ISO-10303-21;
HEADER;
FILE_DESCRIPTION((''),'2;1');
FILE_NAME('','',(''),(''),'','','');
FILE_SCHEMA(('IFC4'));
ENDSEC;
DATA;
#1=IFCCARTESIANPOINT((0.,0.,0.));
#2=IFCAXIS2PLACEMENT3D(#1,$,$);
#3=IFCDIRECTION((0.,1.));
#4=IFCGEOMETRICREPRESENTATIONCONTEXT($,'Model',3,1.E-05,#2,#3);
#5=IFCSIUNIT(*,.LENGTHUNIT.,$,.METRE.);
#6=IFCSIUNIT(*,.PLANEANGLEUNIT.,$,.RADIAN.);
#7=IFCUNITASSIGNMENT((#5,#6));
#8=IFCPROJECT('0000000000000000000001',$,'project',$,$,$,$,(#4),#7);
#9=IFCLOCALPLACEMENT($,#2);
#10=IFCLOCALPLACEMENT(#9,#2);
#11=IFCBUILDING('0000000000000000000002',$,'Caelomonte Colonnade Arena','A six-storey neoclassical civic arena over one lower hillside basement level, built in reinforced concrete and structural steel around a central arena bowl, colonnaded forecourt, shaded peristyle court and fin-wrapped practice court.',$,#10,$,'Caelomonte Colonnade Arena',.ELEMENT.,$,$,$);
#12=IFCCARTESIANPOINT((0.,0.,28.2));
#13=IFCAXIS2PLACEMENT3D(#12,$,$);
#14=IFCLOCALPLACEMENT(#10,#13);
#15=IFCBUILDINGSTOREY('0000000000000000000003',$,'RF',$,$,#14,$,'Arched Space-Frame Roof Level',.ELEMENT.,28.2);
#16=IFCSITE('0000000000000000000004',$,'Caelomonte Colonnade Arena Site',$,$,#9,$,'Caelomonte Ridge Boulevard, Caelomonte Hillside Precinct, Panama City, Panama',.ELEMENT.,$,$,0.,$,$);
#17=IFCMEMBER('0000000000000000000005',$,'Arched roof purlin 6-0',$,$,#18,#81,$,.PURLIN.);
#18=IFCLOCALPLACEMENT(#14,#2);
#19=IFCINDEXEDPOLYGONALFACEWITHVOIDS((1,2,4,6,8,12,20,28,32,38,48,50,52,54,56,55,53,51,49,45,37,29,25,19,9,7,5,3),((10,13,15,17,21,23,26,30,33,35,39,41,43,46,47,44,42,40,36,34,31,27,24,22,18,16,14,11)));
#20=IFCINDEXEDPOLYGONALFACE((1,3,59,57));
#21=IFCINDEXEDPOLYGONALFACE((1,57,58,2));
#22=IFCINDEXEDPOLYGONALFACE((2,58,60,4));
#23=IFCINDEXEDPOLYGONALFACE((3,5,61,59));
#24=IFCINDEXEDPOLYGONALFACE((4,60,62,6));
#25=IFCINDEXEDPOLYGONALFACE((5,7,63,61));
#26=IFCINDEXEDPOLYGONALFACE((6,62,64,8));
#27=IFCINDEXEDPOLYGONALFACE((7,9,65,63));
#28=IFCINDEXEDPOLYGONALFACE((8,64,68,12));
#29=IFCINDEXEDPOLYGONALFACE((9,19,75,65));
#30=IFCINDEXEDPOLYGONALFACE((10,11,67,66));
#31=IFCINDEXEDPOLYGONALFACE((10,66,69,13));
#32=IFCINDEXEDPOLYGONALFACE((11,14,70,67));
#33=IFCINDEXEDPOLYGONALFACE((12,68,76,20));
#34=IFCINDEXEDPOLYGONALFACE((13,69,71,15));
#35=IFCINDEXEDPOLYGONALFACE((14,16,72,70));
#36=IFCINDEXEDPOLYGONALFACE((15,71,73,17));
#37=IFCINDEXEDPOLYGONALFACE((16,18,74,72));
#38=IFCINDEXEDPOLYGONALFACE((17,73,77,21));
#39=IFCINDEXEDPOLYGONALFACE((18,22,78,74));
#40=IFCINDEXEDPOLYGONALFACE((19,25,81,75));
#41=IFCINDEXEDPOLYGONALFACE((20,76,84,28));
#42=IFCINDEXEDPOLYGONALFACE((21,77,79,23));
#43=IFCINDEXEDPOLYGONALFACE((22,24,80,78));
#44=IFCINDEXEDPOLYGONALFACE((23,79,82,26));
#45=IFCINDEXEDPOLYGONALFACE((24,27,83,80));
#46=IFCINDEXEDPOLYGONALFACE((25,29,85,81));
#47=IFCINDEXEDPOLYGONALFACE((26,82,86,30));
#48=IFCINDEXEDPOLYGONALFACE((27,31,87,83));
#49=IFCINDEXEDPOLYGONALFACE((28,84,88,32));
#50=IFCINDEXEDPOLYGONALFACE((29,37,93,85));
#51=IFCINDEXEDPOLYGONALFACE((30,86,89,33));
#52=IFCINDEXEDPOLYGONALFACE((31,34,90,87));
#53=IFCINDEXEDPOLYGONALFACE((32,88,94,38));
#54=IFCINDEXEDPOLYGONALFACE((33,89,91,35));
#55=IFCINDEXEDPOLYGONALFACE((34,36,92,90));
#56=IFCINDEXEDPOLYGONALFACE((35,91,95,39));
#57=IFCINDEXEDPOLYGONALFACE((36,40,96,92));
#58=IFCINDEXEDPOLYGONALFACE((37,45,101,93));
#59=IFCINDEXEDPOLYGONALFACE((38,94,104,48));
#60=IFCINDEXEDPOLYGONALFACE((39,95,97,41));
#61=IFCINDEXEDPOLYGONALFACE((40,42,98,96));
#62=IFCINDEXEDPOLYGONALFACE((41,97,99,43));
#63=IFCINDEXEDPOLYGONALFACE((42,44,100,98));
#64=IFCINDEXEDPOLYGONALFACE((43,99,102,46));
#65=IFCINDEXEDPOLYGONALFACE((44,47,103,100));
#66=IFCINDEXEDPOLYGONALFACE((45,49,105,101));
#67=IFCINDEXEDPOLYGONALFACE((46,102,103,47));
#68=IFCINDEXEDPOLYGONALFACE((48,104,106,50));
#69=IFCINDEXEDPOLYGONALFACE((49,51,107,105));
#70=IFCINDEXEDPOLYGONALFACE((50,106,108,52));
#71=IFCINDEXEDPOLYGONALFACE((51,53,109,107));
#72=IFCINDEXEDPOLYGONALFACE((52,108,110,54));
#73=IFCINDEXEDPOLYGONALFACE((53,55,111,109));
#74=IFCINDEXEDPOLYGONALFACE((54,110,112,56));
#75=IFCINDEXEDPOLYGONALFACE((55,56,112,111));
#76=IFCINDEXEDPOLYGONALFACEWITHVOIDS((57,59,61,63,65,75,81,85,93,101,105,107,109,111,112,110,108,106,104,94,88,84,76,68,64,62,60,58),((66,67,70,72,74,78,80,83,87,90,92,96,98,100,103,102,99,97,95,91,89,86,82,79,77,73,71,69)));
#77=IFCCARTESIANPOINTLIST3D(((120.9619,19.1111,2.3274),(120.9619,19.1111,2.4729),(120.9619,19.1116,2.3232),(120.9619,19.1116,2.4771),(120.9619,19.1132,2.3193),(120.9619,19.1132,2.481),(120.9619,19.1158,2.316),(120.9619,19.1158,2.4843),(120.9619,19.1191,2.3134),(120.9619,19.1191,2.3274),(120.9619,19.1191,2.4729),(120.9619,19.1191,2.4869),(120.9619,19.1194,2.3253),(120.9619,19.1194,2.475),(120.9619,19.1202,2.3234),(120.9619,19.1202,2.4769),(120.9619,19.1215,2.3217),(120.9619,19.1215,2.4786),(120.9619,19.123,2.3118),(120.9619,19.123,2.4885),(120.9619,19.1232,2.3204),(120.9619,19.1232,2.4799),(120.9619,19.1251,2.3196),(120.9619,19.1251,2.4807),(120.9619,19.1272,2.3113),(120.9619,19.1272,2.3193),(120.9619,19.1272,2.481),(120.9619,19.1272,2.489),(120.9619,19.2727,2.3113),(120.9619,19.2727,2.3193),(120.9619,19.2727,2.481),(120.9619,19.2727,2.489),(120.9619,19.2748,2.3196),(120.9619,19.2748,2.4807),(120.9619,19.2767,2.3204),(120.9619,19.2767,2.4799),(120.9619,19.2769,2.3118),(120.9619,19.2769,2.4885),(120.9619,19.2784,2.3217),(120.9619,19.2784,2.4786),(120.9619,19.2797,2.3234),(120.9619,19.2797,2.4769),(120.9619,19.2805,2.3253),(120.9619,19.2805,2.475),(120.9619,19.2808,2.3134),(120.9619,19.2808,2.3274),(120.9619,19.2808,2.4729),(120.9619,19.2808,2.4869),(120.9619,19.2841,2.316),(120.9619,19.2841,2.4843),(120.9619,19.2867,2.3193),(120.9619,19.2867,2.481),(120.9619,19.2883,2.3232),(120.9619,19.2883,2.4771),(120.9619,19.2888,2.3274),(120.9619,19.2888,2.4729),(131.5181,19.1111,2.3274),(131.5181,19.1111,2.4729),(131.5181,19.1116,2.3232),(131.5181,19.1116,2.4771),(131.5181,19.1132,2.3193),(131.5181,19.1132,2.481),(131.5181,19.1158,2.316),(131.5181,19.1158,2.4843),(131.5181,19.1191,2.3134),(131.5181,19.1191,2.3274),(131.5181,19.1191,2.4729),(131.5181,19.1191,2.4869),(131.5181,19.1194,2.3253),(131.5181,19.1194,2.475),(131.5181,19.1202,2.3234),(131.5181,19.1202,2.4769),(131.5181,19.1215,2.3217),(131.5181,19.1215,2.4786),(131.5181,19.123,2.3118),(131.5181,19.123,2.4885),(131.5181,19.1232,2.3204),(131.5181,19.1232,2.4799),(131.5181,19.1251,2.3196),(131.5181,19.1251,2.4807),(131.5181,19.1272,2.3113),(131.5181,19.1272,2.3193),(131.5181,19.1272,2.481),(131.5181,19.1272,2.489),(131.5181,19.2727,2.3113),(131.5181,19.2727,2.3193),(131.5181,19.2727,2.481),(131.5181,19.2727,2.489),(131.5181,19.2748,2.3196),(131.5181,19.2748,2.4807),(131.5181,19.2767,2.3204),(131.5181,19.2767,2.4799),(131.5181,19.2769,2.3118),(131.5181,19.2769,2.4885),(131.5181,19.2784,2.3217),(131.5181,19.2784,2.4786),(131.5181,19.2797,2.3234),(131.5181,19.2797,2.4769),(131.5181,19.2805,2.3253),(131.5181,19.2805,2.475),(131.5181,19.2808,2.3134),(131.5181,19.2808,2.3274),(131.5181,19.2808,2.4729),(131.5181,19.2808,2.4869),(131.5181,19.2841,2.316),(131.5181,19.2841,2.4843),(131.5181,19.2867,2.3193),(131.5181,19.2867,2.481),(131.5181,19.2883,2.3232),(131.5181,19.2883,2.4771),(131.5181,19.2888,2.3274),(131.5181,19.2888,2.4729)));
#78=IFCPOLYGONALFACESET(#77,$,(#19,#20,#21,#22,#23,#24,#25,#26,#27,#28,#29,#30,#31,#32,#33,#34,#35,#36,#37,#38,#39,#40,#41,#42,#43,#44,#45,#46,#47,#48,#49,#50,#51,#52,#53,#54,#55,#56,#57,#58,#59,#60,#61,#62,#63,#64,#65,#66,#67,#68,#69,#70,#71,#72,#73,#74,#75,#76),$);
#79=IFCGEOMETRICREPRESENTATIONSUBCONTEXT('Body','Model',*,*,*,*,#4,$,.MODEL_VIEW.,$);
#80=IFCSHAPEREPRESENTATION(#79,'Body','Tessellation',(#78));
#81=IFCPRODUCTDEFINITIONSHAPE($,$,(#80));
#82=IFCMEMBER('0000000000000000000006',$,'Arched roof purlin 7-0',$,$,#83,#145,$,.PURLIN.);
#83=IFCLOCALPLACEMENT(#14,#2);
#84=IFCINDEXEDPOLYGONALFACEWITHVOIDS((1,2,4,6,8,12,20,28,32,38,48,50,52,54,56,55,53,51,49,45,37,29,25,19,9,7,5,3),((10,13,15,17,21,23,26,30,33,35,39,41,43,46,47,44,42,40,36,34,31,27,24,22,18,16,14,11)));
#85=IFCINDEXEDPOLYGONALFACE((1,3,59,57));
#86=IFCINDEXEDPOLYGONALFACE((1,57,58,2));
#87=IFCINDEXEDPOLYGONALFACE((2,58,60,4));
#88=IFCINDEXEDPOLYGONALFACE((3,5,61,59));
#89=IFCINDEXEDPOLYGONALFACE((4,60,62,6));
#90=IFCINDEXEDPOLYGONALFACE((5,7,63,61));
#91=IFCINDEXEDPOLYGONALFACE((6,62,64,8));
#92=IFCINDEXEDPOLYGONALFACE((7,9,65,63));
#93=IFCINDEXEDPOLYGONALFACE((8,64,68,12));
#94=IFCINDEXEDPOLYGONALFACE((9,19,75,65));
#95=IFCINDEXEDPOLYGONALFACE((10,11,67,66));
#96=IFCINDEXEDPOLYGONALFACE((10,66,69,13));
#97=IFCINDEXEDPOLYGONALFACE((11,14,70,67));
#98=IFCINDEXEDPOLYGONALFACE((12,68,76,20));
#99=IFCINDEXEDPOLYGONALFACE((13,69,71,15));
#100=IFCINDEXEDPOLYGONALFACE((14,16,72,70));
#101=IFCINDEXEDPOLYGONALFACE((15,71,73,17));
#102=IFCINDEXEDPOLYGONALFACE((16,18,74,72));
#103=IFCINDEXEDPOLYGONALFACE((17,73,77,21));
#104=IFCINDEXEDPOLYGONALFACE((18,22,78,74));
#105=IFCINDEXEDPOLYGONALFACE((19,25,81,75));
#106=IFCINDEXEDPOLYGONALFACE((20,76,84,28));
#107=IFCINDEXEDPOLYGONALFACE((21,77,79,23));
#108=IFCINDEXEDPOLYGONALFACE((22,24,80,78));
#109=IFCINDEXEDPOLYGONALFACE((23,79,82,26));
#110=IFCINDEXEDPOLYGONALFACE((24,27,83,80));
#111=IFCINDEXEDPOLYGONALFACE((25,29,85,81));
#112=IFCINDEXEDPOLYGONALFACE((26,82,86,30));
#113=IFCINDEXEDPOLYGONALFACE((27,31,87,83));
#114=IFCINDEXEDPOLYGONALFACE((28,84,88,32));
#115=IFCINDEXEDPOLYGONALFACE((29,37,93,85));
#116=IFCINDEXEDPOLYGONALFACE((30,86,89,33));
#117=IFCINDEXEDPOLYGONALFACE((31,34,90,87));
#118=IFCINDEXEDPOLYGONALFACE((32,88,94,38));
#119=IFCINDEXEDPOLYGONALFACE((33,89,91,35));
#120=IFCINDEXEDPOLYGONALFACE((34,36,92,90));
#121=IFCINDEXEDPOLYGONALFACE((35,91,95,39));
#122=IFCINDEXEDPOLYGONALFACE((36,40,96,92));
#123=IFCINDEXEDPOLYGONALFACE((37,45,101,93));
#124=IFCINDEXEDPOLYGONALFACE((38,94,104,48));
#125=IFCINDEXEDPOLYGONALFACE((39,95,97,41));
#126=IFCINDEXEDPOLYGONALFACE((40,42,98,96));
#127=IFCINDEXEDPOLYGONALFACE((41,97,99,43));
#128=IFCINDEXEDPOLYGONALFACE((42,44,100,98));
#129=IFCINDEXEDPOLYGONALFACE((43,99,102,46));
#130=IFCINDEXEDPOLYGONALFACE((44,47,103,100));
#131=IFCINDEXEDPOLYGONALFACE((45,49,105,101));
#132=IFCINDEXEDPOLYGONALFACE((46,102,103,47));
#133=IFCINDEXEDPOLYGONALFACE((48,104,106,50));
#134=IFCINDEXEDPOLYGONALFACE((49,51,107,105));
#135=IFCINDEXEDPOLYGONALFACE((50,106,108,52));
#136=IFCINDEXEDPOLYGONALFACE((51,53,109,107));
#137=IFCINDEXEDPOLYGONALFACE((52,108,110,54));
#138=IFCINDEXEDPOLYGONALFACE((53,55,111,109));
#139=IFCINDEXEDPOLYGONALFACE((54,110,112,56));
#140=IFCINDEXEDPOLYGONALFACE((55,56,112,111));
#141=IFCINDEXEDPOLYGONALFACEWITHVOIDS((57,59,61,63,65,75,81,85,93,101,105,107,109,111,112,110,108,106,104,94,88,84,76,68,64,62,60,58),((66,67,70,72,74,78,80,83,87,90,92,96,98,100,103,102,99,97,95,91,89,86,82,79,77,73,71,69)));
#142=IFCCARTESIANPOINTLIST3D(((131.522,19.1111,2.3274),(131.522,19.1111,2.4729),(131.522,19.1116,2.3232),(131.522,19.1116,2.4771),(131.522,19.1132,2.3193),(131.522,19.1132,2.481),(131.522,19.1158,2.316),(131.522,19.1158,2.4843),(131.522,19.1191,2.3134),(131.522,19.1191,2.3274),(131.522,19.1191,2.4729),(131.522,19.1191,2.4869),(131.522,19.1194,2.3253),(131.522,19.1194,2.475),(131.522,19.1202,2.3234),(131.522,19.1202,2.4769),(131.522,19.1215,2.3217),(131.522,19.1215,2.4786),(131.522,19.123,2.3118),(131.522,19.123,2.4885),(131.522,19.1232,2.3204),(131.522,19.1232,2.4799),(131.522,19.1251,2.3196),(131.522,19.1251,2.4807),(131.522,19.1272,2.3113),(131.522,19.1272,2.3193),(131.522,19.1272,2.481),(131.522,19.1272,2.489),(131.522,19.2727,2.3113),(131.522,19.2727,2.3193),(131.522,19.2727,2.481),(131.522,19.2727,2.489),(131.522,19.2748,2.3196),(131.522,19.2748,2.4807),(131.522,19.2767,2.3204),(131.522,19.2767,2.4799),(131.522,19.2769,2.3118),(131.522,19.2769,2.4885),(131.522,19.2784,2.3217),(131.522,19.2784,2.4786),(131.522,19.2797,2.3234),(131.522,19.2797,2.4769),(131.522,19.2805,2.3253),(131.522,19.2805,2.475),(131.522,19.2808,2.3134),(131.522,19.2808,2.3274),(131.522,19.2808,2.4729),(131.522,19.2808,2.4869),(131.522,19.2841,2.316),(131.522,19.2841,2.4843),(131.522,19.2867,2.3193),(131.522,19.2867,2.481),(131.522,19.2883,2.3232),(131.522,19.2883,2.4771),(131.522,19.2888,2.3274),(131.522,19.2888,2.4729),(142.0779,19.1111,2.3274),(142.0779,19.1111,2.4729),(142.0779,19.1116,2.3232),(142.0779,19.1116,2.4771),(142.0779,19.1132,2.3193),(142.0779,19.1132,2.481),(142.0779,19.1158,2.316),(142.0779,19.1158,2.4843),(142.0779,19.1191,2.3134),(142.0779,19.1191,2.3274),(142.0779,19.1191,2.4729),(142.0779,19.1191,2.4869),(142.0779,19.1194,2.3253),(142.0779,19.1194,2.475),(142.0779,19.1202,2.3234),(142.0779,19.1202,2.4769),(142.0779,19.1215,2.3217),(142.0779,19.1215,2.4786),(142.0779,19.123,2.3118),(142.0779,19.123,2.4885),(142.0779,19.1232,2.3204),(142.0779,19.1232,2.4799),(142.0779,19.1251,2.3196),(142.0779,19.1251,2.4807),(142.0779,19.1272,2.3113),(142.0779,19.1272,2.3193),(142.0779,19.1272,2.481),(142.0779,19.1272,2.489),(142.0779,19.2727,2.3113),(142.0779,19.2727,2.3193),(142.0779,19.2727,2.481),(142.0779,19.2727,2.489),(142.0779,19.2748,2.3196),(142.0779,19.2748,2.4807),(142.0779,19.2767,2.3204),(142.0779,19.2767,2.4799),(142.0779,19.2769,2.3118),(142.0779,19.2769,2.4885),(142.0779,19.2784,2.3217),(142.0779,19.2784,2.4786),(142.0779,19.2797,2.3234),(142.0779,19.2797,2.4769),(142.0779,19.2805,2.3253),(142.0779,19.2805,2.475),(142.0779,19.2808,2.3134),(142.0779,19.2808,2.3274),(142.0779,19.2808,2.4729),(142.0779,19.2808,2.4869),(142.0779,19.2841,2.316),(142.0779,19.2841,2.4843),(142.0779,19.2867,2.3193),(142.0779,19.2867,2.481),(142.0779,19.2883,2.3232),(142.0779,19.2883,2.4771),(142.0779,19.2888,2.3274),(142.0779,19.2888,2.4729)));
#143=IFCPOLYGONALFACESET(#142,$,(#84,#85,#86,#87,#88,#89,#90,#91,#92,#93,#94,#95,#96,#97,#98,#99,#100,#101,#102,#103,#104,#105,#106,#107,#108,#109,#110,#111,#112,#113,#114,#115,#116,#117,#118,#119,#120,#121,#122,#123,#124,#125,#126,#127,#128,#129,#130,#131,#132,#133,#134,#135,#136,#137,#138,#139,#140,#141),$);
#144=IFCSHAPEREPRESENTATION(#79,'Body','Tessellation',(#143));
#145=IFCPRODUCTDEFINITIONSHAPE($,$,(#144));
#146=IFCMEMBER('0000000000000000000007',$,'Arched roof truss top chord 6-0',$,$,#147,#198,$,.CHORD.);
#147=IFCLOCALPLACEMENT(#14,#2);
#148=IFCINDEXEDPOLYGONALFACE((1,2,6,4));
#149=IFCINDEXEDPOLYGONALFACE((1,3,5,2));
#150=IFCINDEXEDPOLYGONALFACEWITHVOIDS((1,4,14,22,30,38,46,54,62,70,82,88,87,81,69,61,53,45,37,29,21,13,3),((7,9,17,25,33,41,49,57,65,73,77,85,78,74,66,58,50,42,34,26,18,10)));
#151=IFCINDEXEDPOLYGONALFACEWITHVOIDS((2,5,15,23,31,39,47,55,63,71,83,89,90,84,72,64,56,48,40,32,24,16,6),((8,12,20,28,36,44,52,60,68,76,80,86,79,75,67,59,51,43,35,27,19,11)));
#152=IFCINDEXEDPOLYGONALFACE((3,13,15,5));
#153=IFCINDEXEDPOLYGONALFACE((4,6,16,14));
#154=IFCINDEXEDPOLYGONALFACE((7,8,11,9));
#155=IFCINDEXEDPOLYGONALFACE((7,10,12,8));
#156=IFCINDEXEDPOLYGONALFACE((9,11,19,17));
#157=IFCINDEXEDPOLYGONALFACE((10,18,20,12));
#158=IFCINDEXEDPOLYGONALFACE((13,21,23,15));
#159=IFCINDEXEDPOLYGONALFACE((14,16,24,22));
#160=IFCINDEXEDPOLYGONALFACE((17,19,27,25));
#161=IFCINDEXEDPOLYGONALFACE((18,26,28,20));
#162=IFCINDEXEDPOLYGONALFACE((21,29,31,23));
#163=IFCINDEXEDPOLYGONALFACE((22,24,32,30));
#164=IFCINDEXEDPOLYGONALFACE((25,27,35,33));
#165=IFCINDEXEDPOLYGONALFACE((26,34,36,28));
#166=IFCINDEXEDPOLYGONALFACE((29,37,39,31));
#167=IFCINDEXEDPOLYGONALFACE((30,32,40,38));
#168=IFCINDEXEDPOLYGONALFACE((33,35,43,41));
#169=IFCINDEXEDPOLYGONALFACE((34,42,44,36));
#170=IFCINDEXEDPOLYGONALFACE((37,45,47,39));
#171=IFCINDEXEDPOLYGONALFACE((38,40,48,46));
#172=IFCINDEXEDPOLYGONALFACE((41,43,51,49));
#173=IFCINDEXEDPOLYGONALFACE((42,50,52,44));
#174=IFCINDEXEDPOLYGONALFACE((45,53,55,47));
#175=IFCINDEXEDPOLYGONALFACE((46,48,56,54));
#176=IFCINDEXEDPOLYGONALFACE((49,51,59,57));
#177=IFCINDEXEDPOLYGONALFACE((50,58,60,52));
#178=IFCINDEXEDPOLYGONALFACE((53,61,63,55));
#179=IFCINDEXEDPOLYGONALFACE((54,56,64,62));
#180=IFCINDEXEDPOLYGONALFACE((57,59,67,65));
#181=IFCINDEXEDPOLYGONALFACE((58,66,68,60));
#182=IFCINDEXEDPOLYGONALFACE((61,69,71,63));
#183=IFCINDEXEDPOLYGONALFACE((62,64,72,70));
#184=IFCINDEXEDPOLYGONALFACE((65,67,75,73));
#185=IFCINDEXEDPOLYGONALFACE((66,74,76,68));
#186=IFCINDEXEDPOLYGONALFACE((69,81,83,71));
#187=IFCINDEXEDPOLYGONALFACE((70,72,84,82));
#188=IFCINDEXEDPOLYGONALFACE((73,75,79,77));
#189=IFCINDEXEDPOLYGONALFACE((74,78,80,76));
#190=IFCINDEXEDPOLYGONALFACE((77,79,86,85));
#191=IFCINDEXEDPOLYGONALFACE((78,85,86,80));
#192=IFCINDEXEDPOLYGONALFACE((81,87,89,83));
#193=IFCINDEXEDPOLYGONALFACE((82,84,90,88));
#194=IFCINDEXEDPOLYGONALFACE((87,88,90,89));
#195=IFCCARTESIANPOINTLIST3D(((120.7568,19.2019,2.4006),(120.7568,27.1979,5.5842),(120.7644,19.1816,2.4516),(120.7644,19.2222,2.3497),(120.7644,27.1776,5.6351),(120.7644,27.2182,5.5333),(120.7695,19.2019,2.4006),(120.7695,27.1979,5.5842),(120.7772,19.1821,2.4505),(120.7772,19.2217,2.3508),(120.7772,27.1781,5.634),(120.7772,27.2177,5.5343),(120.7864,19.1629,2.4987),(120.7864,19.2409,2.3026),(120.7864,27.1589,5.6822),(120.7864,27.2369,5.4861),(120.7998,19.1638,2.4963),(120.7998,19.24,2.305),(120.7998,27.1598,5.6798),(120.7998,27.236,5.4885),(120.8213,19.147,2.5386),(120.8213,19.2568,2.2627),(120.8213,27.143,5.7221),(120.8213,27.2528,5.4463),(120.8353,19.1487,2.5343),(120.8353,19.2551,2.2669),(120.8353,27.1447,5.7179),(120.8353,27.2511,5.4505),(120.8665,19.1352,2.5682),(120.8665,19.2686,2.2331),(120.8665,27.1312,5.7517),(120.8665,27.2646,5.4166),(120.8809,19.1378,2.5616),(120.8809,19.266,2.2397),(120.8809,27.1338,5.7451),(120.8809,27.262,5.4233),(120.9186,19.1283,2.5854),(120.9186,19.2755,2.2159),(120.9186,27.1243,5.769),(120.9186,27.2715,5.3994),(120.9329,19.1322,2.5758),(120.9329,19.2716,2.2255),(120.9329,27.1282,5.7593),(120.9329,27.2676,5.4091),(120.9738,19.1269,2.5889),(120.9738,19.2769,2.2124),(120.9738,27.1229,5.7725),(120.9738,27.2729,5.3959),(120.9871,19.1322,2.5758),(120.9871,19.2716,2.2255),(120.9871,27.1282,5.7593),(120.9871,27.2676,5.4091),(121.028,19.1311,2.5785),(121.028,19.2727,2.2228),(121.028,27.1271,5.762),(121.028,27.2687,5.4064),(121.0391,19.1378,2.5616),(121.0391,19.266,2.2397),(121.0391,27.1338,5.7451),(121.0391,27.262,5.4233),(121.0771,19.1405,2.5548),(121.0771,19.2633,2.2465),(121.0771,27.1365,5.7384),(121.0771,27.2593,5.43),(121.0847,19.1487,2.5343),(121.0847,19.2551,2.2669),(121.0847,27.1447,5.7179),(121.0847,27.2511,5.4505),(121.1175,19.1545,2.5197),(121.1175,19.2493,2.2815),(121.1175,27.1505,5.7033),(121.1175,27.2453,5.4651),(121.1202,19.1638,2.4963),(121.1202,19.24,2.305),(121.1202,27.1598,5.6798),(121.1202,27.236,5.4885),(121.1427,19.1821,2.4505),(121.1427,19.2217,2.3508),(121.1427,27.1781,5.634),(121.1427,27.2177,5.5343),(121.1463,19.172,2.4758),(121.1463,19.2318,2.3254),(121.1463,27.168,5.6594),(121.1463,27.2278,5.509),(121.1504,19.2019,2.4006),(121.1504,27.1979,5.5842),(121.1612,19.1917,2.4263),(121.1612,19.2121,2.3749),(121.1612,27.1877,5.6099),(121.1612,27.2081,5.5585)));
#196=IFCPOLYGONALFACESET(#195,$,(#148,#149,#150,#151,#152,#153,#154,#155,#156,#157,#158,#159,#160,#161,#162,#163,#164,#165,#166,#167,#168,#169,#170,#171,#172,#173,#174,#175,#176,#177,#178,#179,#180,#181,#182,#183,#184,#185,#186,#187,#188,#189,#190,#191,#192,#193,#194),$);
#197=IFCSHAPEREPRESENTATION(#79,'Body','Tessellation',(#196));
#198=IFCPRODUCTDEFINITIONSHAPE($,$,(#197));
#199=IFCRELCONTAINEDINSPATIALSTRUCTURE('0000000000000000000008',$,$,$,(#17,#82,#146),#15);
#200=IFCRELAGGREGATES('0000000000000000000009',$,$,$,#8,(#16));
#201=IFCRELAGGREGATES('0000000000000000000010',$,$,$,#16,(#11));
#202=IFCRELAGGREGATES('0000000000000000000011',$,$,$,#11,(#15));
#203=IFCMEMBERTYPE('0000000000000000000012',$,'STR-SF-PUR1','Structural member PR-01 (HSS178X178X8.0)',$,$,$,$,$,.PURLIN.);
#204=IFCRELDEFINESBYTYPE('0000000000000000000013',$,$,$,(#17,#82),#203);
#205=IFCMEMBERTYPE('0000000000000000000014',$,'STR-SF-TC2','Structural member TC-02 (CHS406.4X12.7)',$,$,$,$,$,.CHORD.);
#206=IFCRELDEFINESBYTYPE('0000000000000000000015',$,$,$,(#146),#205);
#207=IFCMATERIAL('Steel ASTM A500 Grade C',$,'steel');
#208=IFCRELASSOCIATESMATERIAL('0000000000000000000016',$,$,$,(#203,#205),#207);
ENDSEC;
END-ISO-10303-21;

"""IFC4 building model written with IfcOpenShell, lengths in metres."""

from ifc_helpers import new_model, si_unit, direction, frame, origin, origin_2d, place, context, subcontext, project, spatial, hollow_rectangle, hollow_circle, extrude, material, material_profile, profile_set, type_object, element, save


model = new_model("IFC4")

# Units and contexts
model_context = context("Model", 3, precision=1e-05, world=origin(), true_north=direction((0.0, 1.0)))
body_context = subcontext(model_context, "Body", "Model", "MODEL_VIEW")
ifc_project = project(units=[si_unit("LENGTHUNIT", "METRE"), si_unit("PLANEANGLEUNIT", "RADIAN")], contexts=[model_context])

# Site, building, storey
site_placement = place(None, origin())
site = spatial("IfcSite", under=ifc_project, at=site_placement, Name="Caelomonte Colonnade Arena Site", LongName="Caelomonte Ridge Boulevard, Caelomonte Hillside Precinct, Panama City, Panama", CompositionType="ELEMENT", RefElevation=0.0)
building_placement = place(site_placement, origin())
building = spatial("IfcBuilding", under=site, at=building_placement, Name="Caelomonte Colonnade Arena", Description="A six-storey neoclassical civic arena over one lower hillside basement level, built in reinforced concrete and structural steel around a central arena bowl, colonnaded forecourt, shaded peristyle court and fin-wrapped practice court.", LongName="Caelomonte Colonnade Arena", CompositionType="ELEMENT")
storey_placement = place(building_placement, frame((0.0, 0.0, 28.2)))
storey = spatial("IfcBuildingStorey", under=building, at=storey_placement, Name="RF", LongName="Arched Space-Frame Roof Level", CompositionType="ELEMENT", Elevation=28.2)

# Members
ifc_material_1 = material(Name="Steel ASTM A500 Grade C", Category="steel")
ifc_material_profile_1 = material_profile(ifc_material_1, hollow_rectangle(XDim=0.1777, YDim=0.1777, WallThickness=0.0081, InnerFilletRadius=0.0081, OuterFilletRadius=0.0161, at=origin_2d()), Name="HSS178X178X8.0")
ifc_profile_set_1 = profile_set([ifc_material_profile_1], Name="Steel ASTM A500 Grade C")
member_type_1 = type_object("IfcMemberType", Name="STR-SF-PUR1", Description="Structural member PR-01 (HSS178X178X8.0)", PredefinedType="PURLIN", material=ifc_profile_set_1)
member_1_placement = place(storey_placement, frame((120.9619, 19.2, 2.4001), z_axis=(1.0, 0.0, 0.0), x_axis=(0.0, 1.0, 0.0)))
element("IfcMember", 1, at=member_1_placement, inside=storey, type_object=member_type_1, Name="Arched roof purlin 6-0", PredefinedType="PURLIN", context=body_context, shape_type="SweptSolid", body=[
    extrude(hollow_rectangle(XDim=0.1777, YDim=0.1777, WallThickness=0.0081, InnerFilletRadius=0.0081, OuterFilletRadius=0.0161, at=origin_2d()), origin(), (0.0, 0.0, 1.0), 10.5562),
])
member_2_placement = place(storey_placement, frame((131.522, 19.2, 2.4001), z_axis=(1.0, 0.0, 0.0), x_axis=(0.0, 1.0, 0.0)))
element("IfcMember", 2, at=member_2_placement, inside=storey, type_object=member_type_1, Name="Arched roof purlin 7-0", PredefinedType="PURLIN", context=body_context, shape_type="SweptSolid", body=[
    extrude(hollow_rectangle(XDim=0.1777, YDim=0.1777, WallThickness=0.0081, InnerFilletRadius=0.0081, OuterFilletRadius=0.0161, at=origin_2d()), origin(), (0.0, 0.0, 1.0), 10.5559),
])
ifc_material_profile_2 = material_profile(ifc_material_1, hollow_circle(Radius=0.2031, WallThickness=0.0127, at=origin_2d()), Name="CHS406.4X12.7")
ifc_profile_set_2 = profile_set([ifc_material_profile_2], Name="Steel ASTM A500 Grade C")
member_type_2 = type_object("IfcMemberType", Name="STR-SF-TC2", Description="Structural member TC-02 (CHS406.4X12.7)", PredefinedType="CHORD", material=ifc_profile_set_2)
member_3_placement = place(storey_placement, frame((120.96, 19.2019, 2.4006), z_axis=(0.0, 0.92907, 0.369903), x_axis=(-1.0, 0.0, 0.0)))
element("IfcMember", 3, at=member_3_placement, inside=storey, type_object=member_type_2, Name="Arched roof truss top chord 6-0", PredefinedType="CHORD", context=body_context, shape_type="SweptSolid", body=[
    extrude(hollow_circle(Radius=0.2031, WallThickness=0.0127, at=origin_2d()), origin(), (0.0, 0.0, 1.0), 8.6064),
])

save(model, "model.ifc")
